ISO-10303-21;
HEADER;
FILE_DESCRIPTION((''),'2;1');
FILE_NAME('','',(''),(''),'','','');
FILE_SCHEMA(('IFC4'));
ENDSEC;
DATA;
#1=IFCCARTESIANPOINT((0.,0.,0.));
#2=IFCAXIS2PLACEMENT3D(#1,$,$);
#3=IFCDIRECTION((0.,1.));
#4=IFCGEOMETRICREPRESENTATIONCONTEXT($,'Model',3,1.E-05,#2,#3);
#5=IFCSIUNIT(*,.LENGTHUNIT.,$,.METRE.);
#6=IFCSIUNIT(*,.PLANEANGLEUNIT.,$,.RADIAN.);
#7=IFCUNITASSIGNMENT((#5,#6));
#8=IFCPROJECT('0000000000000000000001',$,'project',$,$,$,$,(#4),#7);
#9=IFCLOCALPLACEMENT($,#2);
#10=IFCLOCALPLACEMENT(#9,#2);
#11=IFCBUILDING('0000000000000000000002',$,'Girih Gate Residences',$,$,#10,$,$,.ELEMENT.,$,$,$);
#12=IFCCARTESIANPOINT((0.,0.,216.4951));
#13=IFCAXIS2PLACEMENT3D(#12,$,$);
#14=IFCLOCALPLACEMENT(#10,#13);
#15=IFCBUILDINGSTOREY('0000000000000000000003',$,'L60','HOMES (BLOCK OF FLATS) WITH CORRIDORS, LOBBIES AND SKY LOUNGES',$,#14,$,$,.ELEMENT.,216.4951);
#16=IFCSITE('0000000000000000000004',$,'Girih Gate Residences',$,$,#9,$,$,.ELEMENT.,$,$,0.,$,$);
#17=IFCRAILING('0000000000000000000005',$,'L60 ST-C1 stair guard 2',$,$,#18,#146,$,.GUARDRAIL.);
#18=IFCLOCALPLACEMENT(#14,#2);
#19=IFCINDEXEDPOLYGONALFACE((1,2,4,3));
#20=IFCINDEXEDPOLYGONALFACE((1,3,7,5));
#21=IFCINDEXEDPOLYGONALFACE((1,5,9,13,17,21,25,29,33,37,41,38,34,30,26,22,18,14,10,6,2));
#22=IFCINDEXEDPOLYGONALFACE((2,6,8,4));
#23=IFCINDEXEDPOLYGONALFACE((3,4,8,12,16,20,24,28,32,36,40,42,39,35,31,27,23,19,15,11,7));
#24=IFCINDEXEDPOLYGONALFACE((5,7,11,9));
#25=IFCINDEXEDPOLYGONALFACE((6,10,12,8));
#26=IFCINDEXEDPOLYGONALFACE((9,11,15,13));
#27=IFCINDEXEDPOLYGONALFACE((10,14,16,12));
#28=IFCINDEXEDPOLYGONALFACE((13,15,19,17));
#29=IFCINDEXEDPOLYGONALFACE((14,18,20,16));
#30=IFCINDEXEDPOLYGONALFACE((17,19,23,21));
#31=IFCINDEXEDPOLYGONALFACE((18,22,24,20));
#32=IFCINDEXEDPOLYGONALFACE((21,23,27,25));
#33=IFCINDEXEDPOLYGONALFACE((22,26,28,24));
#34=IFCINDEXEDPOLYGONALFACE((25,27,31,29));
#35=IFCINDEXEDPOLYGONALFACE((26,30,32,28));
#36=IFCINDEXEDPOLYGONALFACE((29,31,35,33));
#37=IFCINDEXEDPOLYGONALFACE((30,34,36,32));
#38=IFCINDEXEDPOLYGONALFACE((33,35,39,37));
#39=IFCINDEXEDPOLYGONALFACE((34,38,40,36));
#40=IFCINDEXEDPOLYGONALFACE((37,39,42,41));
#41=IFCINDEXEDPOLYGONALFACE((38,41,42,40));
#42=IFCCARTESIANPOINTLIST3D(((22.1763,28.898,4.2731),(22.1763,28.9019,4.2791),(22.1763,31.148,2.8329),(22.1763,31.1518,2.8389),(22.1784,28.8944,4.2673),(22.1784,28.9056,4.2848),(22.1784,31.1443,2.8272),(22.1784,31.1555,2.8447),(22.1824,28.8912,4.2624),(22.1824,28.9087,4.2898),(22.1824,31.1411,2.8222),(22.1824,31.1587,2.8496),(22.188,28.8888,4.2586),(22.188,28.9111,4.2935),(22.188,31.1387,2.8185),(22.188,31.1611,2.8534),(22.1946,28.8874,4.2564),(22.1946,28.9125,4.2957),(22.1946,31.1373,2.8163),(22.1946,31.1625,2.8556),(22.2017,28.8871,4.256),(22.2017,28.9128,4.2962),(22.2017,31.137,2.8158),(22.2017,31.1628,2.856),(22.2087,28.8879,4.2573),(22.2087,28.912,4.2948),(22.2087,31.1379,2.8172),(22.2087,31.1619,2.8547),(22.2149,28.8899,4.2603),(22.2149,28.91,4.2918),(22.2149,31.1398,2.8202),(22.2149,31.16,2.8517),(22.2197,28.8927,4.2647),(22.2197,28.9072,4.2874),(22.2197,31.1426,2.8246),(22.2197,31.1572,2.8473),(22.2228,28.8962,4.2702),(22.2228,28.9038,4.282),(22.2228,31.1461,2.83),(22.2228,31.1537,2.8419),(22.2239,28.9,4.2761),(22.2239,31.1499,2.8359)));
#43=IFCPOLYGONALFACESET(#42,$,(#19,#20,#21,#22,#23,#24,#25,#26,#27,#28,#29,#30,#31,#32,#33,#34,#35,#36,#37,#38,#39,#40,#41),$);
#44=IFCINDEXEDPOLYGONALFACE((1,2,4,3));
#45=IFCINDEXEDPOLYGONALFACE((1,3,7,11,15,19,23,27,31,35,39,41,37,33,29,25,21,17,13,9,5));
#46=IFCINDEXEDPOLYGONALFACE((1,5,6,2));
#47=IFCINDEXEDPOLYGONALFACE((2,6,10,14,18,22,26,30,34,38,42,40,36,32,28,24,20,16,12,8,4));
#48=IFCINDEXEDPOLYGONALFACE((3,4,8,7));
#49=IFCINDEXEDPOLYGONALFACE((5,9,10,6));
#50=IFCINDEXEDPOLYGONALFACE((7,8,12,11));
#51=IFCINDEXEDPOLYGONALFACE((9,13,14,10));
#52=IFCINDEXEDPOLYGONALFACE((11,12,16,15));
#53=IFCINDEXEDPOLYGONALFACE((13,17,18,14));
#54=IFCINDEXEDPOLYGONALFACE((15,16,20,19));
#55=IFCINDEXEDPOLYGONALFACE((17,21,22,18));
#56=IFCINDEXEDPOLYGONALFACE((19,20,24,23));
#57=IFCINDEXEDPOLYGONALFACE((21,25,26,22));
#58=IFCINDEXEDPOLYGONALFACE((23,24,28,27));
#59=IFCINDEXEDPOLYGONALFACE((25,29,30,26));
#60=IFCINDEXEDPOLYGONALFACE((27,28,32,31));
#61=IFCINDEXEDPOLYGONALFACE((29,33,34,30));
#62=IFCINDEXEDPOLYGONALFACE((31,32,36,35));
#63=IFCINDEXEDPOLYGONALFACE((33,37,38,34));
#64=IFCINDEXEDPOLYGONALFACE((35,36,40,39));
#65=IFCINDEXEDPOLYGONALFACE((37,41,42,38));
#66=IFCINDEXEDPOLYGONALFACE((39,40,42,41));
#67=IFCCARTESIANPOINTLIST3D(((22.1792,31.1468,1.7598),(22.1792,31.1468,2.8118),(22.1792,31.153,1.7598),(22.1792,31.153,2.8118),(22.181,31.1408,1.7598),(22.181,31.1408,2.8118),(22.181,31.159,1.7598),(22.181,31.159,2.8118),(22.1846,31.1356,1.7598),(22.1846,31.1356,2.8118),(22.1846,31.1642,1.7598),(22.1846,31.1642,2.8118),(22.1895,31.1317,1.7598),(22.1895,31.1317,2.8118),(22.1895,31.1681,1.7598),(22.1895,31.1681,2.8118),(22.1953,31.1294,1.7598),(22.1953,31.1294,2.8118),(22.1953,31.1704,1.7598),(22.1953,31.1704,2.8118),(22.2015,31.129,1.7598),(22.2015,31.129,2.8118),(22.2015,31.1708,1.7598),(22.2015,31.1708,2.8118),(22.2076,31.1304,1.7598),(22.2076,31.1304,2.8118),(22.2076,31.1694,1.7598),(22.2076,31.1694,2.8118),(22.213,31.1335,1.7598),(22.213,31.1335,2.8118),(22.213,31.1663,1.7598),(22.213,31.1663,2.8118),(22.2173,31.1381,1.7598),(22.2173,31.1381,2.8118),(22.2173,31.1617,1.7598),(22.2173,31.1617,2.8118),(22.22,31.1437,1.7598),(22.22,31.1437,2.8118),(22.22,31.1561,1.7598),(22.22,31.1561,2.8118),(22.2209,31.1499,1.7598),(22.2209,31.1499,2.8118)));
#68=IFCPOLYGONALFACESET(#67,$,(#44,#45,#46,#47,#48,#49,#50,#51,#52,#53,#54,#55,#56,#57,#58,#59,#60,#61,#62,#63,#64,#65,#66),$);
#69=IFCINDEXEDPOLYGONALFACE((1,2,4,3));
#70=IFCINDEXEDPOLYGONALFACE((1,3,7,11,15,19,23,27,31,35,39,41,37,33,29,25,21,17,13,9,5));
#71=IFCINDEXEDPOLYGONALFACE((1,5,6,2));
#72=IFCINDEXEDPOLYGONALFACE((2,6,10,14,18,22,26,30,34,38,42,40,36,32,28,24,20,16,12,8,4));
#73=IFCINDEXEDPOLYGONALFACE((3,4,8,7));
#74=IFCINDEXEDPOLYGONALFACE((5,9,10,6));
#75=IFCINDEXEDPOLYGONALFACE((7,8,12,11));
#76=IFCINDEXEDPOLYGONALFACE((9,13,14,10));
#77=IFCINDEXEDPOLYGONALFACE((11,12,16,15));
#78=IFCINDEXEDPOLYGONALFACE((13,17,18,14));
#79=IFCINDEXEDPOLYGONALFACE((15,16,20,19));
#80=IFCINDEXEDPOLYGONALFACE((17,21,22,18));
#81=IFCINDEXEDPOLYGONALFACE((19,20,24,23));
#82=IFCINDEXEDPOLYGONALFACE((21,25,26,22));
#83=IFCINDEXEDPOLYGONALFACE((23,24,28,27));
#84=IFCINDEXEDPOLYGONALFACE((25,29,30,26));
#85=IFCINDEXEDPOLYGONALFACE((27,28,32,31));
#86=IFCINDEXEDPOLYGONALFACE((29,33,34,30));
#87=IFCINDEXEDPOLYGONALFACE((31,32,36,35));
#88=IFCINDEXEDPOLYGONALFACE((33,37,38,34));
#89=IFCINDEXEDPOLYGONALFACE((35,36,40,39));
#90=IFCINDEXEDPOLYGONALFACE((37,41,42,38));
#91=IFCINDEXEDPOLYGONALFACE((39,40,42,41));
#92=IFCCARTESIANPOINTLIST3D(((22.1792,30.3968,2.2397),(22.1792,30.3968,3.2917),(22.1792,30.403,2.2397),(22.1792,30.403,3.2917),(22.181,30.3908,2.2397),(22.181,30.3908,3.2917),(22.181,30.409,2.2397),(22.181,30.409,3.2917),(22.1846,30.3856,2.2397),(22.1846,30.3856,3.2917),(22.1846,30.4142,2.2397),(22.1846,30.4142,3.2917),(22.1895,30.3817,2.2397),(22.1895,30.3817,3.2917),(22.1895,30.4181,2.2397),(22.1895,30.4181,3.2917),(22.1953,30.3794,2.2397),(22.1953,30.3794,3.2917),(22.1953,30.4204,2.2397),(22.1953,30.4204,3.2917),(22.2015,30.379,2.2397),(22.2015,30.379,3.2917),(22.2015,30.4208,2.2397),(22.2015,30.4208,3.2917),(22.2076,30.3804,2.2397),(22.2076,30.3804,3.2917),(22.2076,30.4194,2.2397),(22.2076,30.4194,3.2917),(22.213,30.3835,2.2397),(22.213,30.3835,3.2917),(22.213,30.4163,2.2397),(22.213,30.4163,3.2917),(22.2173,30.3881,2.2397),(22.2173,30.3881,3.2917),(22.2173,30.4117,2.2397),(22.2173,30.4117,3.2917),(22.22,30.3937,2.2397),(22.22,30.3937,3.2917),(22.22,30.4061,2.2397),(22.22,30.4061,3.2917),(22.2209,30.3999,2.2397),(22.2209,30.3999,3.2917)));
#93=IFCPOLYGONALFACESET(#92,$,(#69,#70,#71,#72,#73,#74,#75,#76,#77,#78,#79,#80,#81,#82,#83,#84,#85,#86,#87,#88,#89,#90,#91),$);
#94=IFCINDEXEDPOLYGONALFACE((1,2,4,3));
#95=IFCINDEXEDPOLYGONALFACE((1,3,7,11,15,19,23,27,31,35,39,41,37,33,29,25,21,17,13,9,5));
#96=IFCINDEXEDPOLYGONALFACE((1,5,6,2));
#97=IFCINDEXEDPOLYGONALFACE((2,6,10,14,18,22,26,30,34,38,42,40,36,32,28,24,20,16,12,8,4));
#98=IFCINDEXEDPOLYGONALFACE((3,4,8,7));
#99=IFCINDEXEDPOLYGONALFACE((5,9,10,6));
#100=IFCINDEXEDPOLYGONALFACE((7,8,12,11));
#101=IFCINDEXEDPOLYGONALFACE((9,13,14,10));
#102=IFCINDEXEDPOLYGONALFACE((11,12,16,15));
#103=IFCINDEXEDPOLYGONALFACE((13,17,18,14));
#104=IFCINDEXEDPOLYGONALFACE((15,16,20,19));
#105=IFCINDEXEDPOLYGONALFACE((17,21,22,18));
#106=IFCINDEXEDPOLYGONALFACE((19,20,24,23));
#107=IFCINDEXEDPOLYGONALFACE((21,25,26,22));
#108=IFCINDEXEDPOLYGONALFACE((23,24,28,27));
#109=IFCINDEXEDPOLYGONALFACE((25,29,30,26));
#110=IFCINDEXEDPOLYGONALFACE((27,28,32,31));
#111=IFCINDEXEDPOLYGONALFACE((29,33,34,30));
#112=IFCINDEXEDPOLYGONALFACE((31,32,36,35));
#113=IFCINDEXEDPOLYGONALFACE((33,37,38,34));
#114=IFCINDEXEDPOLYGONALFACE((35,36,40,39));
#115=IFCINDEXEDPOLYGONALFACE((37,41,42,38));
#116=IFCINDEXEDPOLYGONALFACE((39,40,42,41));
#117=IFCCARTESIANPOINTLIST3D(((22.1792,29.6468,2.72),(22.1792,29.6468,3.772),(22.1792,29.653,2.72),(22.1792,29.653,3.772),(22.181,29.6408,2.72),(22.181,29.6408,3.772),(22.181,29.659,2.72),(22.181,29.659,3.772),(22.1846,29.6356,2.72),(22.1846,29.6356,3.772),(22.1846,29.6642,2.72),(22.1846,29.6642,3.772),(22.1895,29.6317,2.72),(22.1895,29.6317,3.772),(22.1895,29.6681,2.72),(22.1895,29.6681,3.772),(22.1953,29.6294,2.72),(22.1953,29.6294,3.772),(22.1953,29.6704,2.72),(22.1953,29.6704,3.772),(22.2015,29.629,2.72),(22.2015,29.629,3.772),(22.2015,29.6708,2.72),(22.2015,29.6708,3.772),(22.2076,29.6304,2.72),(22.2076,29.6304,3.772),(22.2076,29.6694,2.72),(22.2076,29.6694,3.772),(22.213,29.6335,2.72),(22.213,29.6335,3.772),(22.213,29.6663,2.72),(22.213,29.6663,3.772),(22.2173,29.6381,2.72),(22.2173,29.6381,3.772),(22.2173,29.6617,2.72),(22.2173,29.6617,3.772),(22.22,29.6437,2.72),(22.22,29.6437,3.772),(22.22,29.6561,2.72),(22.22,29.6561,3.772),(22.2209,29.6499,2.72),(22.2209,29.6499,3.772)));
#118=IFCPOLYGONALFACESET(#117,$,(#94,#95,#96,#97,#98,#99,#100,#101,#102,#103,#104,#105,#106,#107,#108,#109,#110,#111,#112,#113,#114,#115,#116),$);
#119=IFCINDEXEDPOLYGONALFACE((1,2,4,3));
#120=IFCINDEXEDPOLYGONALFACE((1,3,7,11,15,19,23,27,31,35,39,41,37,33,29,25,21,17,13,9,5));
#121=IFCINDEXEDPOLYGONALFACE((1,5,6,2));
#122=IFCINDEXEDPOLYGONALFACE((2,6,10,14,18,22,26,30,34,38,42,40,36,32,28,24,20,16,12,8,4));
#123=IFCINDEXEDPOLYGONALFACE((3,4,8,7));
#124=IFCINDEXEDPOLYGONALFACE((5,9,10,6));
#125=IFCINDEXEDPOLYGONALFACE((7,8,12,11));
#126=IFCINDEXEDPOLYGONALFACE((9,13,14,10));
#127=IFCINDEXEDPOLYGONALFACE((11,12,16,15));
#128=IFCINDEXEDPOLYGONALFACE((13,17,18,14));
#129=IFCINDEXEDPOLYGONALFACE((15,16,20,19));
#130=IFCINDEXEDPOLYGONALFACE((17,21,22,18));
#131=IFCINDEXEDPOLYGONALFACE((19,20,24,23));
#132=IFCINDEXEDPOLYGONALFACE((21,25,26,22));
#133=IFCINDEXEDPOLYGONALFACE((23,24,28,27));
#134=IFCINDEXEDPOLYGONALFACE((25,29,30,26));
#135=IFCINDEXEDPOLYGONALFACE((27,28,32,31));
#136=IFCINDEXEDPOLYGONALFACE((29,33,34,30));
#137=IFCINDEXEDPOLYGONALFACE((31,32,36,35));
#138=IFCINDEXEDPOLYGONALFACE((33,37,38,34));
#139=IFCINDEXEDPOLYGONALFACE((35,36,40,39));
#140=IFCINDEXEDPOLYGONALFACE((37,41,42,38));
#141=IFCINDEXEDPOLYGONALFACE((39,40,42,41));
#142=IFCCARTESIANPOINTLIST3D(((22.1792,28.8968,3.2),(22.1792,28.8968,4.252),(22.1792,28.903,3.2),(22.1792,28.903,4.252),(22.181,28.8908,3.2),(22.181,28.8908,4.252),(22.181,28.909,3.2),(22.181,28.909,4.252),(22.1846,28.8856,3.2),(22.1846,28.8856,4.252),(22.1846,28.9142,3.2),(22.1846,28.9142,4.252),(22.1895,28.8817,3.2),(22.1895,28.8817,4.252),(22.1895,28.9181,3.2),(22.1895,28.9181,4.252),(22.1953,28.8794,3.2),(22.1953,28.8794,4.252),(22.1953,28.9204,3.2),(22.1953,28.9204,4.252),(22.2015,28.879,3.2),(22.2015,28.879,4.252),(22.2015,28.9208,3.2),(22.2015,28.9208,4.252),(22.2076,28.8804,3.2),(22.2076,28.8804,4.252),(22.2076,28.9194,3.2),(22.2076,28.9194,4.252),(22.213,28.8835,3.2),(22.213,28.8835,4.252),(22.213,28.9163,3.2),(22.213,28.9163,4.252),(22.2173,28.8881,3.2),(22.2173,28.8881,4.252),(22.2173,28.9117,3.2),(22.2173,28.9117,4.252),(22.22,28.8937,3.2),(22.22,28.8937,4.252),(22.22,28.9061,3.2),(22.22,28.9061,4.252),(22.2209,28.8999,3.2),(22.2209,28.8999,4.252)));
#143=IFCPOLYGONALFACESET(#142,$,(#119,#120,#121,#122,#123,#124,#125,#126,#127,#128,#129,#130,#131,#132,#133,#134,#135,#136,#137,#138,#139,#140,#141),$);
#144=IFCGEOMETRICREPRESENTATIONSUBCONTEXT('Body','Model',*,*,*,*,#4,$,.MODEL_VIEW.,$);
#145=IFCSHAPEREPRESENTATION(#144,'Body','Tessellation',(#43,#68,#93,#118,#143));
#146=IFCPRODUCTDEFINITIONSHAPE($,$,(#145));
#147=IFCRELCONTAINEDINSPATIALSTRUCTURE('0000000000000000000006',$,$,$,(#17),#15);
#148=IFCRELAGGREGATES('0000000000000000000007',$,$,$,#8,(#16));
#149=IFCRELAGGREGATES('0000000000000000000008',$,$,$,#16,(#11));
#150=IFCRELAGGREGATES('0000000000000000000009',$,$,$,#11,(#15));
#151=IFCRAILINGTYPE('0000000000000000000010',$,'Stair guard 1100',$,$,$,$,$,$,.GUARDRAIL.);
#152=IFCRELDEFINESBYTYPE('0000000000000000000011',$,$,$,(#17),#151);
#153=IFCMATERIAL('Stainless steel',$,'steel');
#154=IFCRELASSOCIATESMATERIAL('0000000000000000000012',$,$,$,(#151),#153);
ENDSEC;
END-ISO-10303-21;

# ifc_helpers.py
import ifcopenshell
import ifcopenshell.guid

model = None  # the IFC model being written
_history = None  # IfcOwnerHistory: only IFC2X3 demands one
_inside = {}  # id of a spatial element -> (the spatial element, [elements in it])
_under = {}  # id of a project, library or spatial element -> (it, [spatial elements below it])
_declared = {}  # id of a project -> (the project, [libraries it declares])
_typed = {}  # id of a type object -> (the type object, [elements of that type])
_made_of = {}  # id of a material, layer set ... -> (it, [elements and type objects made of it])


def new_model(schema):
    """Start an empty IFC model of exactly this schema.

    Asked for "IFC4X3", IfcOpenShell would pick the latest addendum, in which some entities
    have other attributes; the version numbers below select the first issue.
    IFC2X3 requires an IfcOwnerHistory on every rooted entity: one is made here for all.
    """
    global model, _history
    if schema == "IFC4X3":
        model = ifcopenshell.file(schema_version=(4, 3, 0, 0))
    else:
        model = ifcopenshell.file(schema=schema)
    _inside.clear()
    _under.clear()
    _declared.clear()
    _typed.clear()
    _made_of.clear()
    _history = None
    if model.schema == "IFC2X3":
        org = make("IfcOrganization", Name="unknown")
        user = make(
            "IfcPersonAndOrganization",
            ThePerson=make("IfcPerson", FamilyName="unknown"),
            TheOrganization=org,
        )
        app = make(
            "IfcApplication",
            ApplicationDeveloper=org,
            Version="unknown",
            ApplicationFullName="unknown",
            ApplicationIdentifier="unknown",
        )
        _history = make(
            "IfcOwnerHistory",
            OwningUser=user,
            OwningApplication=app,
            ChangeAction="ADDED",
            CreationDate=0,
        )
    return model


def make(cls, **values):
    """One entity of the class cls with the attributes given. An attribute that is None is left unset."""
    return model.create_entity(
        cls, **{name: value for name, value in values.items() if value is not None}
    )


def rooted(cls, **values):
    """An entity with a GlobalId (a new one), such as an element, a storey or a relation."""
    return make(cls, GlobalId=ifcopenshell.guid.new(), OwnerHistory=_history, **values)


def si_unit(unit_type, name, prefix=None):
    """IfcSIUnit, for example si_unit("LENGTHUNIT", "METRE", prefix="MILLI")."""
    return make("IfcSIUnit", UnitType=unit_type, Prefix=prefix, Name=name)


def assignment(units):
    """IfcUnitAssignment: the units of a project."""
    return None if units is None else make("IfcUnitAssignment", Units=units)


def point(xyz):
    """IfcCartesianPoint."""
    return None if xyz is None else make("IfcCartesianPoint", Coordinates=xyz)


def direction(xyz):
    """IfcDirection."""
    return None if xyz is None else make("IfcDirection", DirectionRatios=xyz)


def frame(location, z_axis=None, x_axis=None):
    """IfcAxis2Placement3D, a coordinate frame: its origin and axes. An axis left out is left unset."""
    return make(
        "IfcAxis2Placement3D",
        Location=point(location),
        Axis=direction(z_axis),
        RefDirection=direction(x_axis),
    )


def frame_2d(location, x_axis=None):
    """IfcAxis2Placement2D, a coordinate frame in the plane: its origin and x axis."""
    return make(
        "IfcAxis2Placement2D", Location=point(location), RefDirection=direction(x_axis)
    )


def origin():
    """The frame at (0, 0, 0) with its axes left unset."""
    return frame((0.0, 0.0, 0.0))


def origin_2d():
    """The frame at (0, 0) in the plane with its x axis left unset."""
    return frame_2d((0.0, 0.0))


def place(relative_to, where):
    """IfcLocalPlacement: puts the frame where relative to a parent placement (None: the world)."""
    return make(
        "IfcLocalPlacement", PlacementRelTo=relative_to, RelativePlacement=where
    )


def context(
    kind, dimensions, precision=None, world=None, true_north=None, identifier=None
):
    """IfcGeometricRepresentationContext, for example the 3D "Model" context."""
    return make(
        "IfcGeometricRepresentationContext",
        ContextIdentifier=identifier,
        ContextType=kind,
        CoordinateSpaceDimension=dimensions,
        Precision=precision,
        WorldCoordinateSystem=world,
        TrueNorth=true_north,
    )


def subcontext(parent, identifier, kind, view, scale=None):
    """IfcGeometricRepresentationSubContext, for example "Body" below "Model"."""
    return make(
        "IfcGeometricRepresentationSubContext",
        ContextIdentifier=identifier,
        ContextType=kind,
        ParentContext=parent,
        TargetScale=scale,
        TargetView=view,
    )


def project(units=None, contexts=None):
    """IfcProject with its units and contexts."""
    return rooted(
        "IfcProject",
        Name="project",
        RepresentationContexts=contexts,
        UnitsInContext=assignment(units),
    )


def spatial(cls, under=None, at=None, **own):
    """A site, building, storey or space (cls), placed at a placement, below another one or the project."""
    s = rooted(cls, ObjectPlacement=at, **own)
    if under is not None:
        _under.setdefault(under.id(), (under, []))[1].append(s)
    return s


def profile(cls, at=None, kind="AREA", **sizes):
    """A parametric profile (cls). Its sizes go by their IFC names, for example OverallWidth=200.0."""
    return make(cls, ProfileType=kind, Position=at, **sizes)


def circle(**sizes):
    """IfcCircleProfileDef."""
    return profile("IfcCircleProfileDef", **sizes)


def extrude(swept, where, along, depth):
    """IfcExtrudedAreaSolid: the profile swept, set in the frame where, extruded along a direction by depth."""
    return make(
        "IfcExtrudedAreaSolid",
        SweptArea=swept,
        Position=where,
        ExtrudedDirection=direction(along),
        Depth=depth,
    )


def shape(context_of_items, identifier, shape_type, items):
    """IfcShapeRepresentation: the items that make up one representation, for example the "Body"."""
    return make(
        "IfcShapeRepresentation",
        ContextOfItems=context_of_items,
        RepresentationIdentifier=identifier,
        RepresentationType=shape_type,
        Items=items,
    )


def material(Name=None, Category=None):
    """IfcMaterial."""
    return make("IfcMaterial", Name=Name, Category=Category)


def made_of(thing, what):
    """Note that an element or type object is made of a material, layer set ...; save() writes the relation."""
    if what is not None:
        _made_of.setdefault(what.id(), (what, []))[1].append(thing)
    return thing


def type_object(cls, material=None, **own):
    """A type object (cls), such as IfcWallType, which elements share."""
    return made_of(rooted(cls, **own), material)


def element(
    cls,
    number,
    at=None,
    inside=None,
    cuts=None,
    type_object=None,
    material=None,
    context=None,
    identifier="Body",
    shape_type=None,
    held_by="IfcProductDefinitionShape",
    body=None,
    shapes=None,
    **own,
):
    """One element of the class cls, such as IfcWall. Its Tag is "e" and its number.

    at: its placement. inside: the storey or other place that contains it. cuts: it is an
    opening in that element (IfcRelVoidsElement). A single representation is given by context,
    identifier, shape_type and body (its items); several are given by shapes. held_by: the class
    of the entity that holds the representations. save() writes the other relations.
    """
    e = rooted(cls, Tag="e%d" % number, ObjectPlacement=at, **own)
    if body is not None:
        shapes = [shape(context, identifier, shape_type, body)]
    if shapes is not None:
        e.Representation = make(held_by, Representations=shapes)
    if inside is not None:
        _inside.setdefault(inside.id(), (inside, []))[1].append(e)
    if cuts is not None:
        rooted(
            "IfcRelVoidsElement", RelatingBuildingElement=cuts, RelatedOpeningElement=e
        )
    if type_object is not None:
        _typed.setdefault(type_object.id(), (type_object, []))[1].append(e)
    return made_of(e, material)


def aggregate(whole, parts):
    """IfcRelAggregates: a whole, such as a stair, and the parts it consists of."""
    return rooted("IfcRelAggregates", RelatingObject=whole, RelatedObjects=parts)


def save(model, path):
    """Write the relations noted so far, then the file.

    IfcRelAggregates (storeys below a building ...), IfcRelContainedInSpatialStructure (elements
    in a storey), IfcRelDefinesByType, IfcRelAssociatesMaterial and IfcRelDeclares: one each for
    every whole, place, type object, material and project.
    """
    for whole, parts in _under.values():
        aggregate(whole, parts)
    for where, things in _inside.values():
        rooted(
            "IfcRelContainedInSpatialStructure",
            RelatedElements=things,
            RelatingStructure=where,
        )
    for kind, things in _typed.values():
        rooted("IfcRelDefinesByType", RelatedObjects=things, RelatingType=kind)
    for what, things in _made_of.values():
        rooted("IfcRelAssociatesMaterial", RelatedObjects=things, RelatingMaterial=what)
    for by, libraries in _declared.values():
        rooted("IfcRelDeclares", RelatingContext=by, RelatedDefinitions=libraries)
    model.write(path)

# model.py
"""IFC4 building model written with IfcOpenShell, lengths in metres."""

from ifc_helpers import new_model, si_unit, direction, frame, origin, origin_2d, place, context, subcontext, project, spatial, circle, extrude, material, type_object, element, save


model = new_model("IFC4")

# Units and contexts
model_context = context("Model", 3, precision=1e-05, world=origin(), true_north=direction((0.0, 1.0)))
body_context = subcontext(model_context, "Body", "Model", "MODEL_VIEW")
ifc_project = project(units=[si_unit("LENGTHUNIT", "METRE"), si_unit("PLANEANGLEUNIT", "RADIAN")], contexts=[model_context])

# Site, building, storey
site_placement = place(None, origin())
site = spatial("IfcSite", under=ifc_project, at=site_placement, Name="Girih Gate Residences", CompositionType="ELEMENT", RefElevation=0.0)
building_placement = place(site_placement, origin())
building = spatial("IfcBuilding", under=site, at=building_placement, Name="Girih Gate Residences", CompositionType="ELEMENT")
storey_placement = place(building_placement, frame((0.0, 0.0, 216.4951)))
storey = spatial("IfcBuildingStorey", under=building, at=storey_placement, Name="L60", Description="HOMES (BLOCK OF FLATS) WITH CORRIDORS, LOBBIES AND SKY LOUNGES", CompositionType="ELEMENT", Elevation=216.4951)

# Railing
ifc_material_1 = material(Name="Stainless steel", Category="steel")
railing_type_1 = type_object("IfcRailingType", Name="Stair guard 1100", PredefinedType="GUARDRAIL", material=ifc_material_1)
railing_1_placement = place(storey_placement, frame((22.2, 31.1499, 1.7598)))
element("IfcRailing", 1, at=railing_1_placement, inside=storey, type_object=railing_type_1, Name="L60 ST-C1 stair guard 2", PredefinedType="GUARDRAIL", context=body_context, shape_type="SweptSolid", body=[
    extrude(circle(Radius=0.0239, at=origin_2d()), frame((0.0, 0.0, 1.0762), z_axis=(0.0, -0.84224, 0.539103), x_axis=(1.0, 0.0, 0.0)), (0.0, 0.0, 1.0), 2.6714),
    extrude(circle(Radius=0.021, at=origin_2d()), origin(), (0.0, 0.0, 1.0), 1.052),
    extrude(circle(Radius=0.021, at=origin_2d()), frame((0.0, -0.75, 0.48)), (0.0, 0.0, 1.0), 1.052),
    extrude(circle(Radius=0.021, at=origin_2d()), frame((0.0, -1.5, 0.9602)), (0.0, 0.0, 1.0), 1.052),
    extrude(circle(Radius=0.021, at=origin_2d()), frame((0.0, -2.25, 1.4402)), (0.0, 0.0, 1.0), 1.052),
])

save(model, "model.ifc")
